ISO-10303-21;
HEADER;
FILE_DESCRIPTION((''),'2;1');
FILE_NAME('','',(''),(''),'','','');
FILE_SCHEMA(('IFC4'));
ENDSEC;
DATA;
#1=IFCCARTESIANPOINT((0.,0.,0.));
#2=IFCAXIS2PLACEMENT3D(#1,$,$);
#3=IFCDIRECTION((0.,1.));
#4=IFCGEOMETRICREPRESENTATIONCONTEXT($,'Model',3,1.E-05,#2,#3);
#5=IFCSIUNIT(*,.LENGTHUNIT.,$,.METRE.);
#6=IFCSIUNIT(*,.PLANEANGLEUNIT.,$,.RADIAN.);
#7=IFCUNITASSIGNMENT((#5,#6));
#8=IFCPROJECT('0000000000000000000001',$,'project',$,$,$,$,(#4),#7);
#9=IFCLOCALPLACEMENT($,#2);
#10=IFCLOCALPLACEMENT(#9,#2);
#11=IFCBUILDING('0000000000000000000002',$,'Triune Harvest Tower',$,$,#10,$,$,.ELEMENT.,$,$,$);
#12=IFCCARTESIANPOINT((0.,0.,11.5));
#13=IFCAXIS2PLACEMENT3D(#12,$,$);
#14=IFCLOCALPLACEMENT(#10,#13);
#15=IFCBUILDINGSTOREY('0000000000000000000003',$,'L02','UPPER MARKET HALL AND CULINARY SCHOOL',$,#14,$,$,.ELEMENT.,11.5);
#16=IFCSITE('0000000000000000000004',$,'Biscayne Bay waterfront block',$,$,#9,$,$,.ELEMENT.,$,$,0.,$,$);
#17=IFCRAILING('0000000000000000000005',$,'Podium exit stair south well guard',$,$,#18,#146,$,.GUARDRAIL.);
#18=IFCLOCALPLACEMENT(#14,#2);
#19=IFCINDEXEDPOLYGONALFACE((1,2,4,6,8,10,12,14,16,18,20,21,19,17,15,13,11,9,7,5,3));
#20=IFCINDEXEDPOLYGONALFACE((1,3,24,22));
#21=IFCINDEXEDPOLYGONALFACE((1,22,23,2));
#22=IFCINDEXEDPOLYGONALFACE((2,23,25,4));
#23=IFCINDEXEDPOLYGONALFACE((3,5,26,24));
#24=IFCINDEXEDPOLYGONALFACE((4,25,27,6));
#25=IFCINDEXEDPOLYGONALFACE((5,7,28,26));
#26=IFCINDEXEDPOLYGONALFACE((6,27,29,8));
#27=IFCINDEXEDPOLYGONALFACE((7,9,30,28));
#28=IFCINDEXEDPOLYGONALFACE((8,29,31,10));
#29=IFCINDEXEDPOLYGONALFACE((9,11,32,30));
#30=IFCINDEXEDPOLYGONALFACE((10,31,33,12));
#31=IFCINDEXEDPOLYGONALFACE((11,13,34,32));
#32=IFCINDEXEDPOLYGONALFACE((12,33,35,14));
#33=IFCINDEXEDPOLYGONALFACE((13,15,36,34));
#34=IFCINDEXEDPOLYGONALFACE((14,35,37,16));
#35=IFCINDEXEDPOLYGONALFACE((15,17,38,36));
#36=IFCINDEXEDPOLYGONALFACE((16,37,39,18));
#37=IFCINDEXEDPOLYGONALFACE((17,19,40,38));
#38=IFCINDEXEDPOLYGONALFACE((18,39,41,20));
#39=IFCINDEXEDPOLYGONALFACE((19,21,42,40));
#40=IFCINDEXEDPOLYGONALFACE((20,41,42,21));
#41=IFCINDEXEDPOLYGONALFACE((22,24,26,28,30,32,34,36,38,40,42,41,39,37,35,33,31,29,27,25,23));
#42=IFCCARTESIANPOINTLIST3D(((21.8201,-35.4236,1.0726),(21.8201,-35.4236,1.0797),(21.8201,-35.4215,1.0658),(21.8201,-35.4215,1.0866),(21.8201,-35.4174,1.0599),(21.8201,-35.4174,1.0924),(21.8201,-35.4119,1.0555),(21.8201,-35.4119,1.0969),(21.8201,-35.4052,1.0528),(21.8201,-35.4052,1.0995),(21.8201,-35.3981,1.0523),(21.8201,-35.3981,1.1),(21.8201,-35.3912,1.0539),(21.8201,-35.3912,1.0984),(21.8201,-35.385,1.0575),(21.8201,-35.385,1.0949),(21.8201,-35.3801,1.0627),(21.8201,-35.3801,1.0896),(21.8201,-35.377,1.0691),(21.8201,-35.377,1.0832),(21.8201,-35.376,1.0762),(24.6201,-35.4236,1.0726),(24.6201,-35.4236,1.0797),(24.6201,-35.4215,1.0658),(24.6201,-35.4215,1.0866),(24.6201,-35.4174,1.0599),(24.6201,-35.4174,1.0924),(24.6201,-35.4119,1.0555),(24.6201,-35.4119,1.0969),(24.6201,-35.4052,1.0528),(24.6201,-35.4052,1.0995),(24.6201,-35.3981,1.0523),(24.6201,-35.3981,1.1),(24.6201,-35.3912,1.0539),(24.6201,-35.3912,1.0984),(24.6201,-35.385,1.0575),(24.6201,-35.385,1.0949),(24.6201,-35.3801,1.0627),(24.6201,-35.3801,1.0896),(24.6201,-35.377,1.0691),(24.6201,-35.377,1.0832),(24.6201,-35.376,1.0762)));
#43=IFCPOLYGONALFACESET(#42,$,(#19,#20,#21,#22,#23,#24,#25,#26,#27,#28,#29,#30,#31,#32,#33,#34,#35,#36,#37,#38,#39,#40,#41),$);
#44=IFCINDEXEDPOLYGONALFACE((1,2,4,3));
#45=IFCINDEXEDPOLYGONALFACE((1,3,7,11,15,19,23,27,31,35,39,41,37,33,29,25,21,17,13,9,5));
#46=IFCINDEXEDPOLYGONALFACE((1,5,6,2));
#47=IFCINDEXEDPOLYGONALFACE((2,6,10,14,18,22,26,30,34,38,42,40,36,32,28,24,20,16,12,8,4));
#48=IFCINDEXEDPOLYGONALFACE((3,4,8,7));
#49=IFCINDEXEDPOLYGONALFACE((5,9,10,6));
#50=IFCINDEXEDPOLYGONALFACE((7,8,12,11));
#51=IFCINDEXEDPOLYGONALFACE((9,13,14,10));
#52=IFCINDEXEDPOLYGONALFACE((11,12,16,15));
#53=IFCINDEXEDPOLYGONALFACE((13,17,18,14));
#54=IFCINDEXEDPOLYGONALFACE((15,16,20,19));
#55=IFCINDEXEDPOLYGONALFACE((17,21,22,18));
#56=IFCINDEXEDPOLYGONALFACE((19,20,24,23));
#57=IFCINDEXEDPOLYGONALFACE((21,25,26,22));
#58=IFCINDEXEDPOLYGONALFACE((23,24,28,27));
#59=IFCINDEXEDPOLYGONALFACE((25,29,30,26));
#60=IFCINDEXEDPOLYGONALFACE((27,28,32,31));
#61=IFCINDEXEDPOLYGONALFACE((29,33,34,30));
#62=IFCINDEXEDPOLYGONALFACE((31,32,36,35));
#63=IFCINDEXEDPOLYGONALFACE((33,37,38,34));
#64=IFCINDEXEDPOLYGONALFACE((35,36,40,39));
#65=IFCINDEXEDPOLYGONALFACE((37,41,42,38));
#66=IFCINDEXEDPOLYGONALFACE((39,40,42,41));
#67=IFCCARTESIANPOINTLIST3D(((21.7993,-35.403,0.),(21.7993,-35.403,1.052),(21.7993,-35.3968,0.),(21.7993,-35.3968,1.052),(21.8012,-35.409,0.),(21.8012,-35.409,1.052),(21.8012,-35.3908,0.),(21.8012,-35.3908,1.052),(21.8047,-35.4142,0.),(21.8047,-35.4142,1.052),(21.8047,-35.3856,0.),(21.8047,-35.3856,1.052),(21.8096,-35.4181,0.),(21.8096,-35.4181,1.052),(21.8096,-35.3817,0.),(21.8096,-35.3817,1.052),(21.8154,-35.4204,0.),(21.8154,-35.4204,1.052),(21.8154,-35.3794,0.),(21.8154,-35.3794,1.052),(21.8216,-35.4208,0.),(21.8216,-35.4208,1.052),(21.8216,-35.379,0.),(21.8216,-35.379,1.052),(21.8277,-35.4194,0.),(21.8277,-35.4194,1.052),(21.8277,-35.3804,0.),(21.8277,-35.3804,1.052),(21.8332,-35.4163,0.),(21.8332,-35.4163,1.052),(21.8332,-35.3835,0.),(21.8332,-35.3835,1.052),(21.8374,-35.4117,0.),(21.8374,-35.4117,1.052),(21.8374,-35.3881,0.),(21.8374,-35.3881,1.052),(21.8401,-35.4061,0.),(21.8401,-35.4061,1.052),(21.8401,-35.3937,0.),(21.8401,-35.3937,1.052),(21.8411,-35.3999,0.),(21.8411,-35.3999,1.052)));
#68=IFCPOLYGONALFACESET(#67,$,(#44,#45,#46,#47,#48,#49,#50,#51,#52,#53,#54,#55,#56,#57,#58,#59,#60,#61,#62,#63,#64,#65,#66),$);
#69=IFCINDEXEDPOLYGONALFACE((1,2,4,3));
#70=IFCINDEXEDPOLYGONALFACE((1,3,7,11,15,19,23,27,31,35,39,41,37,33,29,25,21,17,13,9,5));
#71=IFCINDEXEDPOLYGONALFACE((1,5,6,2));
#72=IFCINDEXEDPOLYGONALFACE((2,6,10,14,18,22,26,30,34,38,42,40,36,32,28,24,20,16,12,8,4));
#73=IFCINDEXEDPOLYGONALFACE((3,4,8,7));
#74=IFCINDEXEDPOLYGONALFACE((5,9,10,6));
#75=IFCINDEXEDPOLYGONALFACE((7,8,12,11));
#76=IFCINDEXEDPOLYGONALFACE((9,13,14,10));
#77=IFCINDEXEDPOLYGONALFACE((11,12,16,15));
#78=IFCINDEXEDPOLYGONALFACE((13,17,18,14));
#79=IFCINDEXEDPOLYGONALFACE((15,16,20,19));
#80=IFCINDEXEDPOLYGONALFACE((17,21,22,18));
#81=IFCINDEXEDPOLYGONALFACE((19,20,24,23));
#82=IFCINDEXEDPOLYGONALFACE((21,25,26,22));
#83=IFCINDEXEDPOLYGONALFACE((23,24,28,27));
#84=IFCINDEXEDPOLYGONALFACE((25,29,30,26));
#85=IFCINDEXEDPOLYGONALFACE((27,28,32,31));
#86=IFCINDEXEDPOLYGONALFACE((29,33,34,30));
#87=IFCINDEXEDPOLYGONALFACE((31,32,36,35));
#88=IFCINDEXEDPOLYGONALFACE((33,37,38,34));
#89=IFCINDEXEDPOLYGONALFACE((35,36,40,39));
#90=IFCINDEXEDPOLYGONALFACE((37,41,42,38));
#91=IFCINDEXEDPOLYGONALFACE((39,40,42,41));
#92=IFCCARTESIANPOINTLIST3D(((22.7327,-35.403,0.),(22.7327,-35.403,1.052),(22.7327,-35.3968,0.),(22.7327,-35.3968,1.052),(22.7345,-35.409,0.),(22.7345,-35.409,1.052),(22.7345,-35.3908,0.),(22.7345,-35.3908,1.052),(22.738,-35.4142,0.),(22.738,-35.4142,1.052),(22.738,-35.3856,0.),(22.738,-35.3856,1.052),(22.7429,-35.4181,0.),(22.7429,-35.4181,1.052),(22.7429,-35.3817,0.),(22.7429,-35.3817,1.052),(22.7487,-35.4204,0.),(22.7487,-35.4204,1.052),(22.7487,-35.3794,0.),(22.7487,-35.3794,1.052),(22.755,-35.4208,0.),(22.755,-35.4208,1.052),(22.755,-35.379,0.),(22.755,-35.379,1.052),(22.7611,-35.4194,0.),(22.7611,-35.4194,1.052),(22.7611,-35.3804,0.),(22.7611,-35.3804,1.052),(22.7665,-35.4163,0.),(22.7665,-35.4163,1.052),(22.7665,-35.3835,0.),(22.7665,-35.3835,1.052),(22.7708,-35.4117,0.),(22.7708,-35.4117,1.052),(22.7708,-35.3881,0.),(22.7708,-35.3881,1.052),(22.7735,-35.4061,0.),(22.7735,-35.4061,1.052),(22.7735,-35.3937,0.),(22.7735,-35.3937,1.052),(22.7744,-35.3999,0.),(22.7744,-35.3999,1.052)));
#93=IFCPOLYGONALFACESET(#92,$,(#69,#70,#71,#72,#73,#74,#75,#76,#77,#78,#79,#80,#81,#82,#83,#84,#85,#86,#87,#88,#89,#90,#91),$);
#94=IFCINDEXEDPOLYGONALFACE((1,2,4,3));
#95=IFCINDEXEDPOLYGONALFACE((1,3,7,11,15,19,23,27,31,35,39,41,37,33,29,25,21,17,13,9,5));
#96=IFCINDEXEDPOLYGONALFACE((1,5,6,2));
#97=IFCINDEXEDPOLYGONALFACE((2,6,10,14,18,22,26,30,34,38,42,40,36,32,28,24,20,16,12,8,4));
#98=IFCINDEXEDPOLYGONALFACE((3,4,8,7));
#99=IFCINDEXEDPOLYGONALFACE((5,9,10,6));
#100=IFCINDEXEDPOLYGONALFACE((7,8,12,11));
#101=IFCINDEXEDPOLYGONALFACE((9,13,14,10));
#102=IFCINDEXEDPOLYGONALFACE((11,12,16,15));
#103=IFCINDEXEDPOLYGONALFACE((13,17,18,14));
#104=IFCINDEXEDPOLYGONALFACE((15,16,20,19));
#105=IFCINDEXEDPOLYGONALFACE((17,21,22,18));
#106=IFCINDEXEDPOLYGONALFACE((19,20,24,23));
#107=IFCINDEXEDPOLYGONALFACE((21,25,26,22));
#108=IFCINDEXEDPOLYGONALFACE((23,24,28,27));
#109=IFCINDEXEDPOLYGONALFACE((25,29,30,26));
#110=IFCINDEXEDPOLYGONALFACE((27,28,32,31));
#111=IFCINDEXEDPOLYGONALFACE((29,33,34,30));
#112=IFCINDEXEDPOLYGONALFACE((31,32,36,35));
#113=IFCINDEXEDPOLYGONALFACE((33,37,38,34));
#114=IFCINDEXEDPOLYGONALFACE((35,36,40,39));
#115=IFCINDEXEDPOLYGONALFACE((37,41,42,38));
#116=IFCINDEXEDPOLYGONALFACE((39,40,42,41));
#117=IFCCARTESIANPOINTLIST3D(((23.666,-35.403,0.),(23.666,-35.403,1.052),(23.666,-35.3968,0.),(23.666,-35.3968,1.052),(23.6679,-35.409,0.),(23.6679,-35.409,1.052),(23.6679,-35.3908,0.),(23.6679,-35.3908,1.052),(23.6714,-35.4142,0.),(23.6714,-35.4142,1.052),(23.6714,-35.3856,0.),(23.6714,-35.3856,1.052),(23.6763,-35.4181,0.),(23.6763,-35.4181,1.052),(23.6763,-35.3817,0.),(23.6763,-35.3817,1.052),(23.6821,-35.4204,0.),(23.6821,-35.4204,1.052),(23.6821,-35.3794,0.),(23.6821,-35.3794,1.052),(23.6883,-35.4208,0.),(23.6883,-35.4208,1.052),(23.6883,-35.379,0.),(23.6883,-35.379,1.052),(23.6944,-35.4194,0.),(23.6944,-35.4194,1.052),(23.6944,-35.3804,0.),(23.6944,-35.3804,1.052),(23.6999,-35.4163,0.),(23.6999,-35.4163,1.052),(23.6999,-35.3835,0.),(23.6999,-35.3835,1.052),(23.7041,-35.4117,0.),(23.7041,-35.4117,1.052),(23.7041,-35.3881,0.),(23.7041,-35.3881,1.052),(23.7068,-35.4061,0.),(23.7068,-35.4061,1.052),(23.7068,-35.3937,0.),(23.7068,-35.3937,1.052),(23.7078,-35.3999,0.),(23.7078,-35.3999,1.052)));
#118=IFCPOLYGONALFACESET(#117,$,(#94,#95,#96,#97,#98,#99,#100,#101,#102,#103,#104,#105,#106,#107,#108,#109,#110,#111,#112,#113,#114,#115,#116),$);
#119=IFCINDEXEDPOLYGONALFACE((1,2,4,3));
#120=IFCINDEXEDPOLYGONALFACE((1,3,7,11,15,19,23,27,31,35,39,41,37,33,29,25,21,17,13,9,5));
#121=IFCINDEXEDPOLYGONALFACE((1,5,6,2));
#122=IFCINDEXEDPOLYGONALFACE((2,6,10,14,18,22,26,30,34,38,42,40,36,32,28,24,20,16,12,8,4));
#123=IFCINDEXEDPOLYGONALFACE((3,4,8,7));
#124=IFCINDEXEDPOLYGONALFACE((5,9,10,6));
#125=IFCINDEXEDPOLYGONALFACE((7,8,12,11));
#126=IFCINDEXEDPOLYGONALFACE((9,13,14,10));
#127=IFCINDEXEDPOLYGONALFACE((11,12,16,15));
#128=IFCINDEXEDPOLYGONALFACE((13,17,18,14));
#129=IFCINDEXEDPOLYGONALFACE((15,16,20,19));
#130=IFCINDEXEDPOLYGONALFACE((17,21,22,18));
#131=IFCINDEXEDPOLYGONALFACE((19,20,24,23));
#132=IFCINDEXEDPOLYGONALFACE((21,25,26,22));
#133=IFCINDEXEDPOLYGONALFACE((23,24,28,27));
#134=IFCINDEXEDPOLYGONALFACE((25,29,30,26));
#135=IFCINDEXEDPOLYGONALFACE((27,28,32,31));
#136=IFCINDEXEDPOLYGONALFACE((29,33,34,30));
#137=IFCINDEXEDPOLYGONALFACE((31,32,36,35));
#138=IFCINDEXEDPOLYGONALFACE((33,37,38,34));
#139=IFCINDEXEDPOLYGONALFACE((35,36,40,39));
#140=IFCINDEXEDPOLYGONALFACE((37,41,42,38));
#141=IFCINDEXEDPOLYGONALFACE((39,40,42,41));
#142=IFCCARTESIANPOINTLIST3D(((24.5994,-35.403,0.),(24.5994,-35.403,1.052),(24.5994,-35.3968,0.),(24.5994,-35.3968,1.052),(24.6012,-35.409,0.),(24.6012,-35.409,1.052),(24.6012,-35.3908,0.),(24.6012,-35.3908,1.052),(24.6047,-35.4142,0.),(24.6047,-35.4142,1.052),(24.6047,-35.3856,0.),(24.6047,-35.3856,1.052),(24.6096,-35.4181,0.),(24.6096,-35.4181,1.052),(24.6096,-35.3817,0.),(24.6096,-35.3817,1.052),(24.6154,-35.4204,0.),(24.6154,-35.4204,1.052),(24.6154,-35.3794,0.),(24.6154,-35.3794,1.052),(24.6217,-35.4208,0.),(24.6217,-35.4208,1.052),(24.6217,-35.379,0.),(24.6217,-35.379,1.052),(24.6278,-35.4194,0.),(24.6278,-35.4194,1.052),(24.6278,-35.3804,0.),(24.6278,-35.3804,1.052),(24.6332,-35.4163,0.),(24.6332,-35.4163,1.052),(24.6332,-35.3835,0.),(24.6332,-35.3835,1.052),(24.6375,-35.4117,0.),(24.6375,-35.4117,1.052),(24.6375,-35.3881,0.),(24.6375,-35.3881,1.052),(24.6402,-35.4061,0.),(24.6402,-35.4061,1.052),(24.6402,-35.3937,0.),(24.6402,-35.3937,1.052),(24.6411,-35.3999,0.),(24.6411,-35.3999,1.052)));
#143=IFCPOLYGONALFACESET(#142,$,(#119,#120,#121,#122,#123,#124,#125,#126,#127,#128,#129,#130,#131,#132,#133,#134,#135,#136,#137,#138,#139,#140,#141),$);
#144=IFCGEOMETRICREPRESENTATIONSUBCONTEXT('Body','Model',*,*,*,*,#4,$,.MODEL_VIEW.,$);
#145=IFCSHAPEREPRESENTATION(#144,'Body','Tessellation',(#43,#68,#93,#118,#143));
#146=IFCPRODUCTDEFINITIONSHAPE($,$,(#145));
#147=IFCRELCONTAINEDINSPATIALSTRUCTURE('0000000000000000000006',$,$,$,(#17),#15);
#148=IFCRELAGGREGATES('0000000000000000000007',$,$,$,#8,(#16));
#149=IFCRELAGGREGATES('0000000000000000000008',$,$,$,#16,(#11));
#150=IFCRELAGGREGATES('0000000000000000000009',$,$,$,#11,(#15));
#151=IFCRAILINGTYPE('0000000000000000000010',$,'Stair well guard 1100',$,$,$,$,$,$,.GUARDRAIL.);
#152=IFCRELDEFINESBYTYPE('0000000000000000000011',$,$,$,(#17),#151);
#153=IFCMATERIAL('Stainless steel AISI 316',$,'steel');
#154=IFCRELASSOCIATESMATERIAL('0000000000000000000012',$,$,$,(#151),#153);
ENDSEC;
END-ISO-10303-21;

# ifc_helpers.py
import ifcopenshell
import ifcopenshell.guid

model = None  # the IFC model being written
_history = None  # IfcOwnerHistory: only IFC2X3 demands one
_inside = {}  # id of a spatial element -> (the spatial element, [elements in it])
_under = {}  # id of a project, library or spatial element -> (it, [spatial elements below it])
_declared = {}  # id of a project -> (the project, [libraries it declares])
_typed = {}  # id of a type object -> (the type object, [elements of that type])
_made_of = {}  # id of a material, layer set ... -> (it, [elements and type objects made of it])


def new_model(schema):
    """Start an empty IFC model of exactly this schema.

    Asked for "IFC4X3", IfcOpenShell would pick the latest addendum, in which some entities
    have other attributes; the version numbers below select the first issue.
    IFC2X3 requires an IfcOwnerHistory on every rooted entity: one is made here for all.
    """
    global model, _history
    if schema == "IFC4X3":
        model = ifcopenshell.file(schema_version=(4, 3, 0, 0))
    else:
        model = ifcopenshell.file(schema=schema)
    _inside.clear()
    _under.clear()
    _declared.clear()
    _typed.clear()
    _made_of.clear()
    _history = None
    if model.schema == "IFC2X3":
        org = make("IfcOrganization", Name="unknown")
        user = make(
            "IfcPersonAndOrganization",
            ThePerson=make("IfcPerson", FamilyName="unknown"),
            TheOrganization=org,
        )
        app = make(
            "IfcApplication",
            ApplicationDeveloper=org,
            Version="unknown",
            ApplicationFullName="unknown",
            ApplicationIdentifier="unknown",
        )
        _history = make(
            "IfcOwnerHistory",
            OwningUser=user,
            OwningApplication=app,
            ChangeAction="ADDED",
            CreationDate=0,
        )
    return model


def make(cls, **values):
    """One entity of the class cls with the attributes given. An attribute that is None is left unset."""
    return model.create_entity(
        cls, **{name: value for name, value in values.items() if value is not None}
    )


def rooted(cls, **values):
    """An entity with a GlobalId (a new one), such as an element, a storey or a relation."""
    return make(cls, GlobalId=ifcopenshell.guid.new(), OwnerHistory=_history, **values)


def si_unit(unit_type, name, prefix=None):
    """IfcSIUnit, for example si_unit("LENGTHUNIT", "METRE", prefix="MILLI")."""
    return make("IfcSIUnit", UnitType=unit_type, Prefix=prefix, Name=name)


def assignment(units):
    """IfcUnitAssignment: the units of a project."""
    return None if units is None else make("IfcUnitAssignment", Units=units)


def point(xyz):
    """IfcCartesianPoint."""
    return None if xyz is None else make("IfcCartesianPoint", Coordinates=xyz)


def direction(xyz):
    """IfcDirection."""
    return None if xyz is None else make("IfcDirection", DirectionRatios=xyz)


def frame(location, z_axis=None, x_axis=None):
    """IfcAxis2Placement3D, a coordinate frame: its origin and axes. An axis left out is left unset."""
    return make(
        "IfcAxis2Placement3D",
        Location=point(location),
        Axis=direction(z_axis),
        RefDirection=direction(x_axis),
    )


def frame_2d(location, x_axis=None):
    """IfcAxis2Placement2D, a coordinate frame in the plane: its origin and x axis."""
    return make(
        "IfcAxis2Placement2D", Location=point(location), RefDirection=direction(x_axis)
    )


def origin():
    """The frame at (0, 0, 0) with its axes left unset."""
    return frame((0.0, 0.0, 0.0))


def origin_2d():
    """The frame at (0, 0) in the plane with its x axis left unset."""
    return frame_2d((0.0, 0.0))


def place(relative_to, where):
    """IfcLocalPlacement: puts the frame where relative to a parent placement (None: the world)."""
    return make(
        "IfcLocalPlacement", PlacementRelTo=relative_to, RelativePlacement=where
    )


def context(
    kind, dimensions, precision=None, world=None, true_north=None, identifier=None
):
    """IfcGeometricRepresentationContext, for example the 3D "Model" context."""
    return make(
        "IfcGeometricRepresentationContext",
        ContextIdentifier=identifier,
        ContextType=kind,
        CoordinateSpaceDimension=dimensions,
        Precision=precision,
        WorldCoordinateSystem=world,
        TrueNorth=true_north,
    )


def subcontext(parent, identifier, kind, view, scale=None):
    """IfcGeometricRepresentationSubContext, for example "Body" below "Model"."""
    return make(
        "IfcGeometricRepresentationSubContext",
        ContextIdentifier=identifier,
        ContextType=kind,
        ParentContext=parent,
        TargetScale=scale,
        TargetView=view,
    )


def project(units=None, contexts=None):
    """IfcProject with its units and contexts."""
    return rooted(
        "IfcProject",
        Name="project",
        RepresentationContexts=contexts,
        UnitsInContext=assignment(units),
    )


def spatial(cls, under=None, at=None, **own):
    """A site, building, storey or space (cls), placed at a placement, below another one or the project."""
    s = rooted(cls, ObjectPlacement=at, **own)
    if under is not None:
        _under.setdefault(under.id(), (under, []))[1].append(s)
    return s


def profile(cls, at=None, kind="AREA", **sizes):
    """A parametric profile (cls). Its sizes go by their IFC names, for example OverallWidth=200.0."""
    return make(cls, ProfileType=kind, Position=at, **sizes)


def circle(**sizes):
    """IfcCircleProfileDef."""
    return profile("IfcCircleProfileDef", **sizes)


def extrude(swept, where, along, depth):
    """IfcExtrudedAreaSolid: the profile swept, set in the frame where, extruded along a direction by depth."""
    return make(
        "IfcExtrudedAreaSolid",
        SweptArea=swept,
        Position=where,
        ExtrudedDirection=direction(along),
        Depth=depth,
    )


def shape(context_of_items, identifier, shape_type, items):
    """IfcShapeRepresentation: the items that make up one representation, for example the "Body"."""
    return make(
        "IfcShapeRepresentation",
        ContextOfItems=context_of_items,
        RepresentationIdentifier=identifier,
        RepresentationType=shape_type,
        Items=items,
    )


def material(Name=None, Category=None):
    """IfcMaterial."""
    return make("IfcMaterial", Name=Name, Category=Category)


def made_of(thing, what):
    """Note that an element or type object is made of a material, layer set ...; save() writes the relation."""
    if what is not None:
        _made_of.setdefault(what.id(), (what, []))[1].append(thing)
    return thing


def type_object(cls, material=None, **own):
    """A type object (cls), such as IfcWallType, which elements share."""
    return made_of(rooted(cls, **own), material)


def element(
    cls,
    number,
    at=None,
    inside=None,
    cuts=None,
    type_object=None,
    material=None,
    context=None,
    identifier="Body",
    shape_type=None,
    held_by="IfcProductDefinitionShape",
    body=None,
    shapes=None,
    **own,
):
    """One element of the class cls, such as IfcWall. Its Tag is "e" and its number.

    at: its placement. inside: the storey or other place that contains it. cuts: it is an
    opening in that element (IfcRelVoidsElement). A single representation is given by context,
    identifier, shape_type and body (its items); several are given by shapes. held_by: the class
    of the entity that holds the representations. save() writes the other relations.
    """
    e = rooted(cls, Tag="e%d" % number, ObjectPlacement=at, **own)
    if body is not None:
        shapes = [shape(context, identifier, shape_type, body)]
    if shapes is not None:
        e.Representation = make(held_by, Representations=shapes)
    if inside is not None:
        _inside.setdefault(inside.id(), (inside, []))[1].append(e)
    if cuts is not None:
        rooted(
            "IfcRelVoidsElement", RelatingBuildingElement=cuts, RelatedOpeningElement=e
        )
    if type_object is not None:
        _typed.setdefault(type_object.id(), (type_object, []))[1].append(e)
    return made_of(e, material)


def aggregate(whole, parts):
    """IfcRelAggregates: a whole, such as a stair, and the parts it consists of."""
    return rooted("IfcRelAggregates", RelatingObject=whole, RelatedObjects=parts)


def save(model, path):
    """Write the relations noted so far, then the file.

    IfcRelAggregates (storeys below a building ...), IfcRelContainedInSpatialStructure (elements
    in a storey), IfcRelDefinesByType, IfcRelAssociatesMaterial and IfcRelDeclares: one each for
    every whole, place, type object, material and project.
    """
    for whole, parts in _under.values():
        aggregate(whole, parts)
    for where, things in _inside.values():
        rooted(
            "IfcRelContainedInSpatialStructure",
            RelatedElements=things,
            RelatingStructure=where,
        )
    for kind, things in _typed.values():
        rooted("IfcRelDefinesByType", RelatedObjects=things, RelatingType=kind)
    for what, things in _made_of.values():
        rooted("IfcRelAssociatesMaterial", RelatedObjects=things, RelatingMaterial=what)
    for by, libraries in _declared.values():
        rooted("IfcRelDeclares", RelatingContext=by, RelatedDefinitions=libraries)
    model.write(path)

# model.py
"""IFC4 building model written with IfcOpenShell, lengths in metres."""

from ifc_helpers import new_model, si_unit, direction, frame, origin, origin_2d, place, context, subcontext, project, spatial, circle, extrude, material, type_object, element, save


model = new_model("IFC4")

# Units and contexts
model_context = context("Model", 3, precision=1e-05, world=origin(), true_north=direction((0.0, 1.0)))
body_context = subcontext(model_context, "Body", "Model", "MODEL_VIEW")
ifc_project = project(units=[si_unit("LENGTHUNIT", "METRE"), si_unit("PLANEANGLEUNIT", "RADIAN")], contexts=[model_context])

# Site, building, storey
site_placement = place(None, origin())
site = spatial("IfcSite", under=ifc_project, at=site_placement, Name="Biscayne Bay waterfront block", CompositionType="ELEMENT", RefElevation=0.0)
building_placement = place(site_placement, origin())
building = spatial("IfcBuilding", under=site, at=building_placement, Name="Triune Harvest Tower", CompositionType="ELEMENT")
storey_placement = place(building_placement, frame((0.0, 0.0, 11.5)))
storey = spatial("IfcBuildingStorey", under=building, at=storey_placement, Name="L02", Description="UPPER MARKET HALL AND CULINARY SCHOOL", CompositionType="ELEMENT", Elevation=11.5)

# Railing
ifc_material_1 = material(Name="Stainless steel AISI 316", Category="steel")
railing_type = type_object("IfcRailingType", Name="Stair well guard 1100", PredefinedType="GUARDRAIL", material=ifc_material_1)
railing_placement = place(storey_placement, frame((21.8201, -35.3999, 0.0)))
element("IfcRailing", 1, at=railing_placement, inside=storey, type_object=railing_type, Name="Podium exit stair south well guard", PredefinedType="GUARDRAIL", context=body_context, shape_type="SweptSolid", body=[
    extrude(circle(Radius=0.0239, at=origin_2d()), frame((0.0, 0.0, 1.0762), z_axis=(1.0, 0.0, 0.0), x_axis=(0.0, 1.0, 0.0)), (0.0, 0.0, 1.0), 2.8),
    extrude(circle(Radius=0.021, at=origin_2d()), origin(), (0.0, 0.0, 1.0), 1.052),
    extrude(circle(Radius=0.021, at=origin_2d()), frame((0.9333, 0.0, 0.0)), (0.0, 0.0, 1.0), 1.052),
    extrude(circle(Radius=0.021, at=origin_2d()), frame((1.8667, 0.0, 0.0)), (0.0, 0.0, 1.0), 1.052),
    extrude(circle(Radius=0.021, at=origin_2d()), frame((2.8, 0.0, 0.0)), (0.0, 0.0, 1.0), 1.052),
])

save(model, "model.ifc")
